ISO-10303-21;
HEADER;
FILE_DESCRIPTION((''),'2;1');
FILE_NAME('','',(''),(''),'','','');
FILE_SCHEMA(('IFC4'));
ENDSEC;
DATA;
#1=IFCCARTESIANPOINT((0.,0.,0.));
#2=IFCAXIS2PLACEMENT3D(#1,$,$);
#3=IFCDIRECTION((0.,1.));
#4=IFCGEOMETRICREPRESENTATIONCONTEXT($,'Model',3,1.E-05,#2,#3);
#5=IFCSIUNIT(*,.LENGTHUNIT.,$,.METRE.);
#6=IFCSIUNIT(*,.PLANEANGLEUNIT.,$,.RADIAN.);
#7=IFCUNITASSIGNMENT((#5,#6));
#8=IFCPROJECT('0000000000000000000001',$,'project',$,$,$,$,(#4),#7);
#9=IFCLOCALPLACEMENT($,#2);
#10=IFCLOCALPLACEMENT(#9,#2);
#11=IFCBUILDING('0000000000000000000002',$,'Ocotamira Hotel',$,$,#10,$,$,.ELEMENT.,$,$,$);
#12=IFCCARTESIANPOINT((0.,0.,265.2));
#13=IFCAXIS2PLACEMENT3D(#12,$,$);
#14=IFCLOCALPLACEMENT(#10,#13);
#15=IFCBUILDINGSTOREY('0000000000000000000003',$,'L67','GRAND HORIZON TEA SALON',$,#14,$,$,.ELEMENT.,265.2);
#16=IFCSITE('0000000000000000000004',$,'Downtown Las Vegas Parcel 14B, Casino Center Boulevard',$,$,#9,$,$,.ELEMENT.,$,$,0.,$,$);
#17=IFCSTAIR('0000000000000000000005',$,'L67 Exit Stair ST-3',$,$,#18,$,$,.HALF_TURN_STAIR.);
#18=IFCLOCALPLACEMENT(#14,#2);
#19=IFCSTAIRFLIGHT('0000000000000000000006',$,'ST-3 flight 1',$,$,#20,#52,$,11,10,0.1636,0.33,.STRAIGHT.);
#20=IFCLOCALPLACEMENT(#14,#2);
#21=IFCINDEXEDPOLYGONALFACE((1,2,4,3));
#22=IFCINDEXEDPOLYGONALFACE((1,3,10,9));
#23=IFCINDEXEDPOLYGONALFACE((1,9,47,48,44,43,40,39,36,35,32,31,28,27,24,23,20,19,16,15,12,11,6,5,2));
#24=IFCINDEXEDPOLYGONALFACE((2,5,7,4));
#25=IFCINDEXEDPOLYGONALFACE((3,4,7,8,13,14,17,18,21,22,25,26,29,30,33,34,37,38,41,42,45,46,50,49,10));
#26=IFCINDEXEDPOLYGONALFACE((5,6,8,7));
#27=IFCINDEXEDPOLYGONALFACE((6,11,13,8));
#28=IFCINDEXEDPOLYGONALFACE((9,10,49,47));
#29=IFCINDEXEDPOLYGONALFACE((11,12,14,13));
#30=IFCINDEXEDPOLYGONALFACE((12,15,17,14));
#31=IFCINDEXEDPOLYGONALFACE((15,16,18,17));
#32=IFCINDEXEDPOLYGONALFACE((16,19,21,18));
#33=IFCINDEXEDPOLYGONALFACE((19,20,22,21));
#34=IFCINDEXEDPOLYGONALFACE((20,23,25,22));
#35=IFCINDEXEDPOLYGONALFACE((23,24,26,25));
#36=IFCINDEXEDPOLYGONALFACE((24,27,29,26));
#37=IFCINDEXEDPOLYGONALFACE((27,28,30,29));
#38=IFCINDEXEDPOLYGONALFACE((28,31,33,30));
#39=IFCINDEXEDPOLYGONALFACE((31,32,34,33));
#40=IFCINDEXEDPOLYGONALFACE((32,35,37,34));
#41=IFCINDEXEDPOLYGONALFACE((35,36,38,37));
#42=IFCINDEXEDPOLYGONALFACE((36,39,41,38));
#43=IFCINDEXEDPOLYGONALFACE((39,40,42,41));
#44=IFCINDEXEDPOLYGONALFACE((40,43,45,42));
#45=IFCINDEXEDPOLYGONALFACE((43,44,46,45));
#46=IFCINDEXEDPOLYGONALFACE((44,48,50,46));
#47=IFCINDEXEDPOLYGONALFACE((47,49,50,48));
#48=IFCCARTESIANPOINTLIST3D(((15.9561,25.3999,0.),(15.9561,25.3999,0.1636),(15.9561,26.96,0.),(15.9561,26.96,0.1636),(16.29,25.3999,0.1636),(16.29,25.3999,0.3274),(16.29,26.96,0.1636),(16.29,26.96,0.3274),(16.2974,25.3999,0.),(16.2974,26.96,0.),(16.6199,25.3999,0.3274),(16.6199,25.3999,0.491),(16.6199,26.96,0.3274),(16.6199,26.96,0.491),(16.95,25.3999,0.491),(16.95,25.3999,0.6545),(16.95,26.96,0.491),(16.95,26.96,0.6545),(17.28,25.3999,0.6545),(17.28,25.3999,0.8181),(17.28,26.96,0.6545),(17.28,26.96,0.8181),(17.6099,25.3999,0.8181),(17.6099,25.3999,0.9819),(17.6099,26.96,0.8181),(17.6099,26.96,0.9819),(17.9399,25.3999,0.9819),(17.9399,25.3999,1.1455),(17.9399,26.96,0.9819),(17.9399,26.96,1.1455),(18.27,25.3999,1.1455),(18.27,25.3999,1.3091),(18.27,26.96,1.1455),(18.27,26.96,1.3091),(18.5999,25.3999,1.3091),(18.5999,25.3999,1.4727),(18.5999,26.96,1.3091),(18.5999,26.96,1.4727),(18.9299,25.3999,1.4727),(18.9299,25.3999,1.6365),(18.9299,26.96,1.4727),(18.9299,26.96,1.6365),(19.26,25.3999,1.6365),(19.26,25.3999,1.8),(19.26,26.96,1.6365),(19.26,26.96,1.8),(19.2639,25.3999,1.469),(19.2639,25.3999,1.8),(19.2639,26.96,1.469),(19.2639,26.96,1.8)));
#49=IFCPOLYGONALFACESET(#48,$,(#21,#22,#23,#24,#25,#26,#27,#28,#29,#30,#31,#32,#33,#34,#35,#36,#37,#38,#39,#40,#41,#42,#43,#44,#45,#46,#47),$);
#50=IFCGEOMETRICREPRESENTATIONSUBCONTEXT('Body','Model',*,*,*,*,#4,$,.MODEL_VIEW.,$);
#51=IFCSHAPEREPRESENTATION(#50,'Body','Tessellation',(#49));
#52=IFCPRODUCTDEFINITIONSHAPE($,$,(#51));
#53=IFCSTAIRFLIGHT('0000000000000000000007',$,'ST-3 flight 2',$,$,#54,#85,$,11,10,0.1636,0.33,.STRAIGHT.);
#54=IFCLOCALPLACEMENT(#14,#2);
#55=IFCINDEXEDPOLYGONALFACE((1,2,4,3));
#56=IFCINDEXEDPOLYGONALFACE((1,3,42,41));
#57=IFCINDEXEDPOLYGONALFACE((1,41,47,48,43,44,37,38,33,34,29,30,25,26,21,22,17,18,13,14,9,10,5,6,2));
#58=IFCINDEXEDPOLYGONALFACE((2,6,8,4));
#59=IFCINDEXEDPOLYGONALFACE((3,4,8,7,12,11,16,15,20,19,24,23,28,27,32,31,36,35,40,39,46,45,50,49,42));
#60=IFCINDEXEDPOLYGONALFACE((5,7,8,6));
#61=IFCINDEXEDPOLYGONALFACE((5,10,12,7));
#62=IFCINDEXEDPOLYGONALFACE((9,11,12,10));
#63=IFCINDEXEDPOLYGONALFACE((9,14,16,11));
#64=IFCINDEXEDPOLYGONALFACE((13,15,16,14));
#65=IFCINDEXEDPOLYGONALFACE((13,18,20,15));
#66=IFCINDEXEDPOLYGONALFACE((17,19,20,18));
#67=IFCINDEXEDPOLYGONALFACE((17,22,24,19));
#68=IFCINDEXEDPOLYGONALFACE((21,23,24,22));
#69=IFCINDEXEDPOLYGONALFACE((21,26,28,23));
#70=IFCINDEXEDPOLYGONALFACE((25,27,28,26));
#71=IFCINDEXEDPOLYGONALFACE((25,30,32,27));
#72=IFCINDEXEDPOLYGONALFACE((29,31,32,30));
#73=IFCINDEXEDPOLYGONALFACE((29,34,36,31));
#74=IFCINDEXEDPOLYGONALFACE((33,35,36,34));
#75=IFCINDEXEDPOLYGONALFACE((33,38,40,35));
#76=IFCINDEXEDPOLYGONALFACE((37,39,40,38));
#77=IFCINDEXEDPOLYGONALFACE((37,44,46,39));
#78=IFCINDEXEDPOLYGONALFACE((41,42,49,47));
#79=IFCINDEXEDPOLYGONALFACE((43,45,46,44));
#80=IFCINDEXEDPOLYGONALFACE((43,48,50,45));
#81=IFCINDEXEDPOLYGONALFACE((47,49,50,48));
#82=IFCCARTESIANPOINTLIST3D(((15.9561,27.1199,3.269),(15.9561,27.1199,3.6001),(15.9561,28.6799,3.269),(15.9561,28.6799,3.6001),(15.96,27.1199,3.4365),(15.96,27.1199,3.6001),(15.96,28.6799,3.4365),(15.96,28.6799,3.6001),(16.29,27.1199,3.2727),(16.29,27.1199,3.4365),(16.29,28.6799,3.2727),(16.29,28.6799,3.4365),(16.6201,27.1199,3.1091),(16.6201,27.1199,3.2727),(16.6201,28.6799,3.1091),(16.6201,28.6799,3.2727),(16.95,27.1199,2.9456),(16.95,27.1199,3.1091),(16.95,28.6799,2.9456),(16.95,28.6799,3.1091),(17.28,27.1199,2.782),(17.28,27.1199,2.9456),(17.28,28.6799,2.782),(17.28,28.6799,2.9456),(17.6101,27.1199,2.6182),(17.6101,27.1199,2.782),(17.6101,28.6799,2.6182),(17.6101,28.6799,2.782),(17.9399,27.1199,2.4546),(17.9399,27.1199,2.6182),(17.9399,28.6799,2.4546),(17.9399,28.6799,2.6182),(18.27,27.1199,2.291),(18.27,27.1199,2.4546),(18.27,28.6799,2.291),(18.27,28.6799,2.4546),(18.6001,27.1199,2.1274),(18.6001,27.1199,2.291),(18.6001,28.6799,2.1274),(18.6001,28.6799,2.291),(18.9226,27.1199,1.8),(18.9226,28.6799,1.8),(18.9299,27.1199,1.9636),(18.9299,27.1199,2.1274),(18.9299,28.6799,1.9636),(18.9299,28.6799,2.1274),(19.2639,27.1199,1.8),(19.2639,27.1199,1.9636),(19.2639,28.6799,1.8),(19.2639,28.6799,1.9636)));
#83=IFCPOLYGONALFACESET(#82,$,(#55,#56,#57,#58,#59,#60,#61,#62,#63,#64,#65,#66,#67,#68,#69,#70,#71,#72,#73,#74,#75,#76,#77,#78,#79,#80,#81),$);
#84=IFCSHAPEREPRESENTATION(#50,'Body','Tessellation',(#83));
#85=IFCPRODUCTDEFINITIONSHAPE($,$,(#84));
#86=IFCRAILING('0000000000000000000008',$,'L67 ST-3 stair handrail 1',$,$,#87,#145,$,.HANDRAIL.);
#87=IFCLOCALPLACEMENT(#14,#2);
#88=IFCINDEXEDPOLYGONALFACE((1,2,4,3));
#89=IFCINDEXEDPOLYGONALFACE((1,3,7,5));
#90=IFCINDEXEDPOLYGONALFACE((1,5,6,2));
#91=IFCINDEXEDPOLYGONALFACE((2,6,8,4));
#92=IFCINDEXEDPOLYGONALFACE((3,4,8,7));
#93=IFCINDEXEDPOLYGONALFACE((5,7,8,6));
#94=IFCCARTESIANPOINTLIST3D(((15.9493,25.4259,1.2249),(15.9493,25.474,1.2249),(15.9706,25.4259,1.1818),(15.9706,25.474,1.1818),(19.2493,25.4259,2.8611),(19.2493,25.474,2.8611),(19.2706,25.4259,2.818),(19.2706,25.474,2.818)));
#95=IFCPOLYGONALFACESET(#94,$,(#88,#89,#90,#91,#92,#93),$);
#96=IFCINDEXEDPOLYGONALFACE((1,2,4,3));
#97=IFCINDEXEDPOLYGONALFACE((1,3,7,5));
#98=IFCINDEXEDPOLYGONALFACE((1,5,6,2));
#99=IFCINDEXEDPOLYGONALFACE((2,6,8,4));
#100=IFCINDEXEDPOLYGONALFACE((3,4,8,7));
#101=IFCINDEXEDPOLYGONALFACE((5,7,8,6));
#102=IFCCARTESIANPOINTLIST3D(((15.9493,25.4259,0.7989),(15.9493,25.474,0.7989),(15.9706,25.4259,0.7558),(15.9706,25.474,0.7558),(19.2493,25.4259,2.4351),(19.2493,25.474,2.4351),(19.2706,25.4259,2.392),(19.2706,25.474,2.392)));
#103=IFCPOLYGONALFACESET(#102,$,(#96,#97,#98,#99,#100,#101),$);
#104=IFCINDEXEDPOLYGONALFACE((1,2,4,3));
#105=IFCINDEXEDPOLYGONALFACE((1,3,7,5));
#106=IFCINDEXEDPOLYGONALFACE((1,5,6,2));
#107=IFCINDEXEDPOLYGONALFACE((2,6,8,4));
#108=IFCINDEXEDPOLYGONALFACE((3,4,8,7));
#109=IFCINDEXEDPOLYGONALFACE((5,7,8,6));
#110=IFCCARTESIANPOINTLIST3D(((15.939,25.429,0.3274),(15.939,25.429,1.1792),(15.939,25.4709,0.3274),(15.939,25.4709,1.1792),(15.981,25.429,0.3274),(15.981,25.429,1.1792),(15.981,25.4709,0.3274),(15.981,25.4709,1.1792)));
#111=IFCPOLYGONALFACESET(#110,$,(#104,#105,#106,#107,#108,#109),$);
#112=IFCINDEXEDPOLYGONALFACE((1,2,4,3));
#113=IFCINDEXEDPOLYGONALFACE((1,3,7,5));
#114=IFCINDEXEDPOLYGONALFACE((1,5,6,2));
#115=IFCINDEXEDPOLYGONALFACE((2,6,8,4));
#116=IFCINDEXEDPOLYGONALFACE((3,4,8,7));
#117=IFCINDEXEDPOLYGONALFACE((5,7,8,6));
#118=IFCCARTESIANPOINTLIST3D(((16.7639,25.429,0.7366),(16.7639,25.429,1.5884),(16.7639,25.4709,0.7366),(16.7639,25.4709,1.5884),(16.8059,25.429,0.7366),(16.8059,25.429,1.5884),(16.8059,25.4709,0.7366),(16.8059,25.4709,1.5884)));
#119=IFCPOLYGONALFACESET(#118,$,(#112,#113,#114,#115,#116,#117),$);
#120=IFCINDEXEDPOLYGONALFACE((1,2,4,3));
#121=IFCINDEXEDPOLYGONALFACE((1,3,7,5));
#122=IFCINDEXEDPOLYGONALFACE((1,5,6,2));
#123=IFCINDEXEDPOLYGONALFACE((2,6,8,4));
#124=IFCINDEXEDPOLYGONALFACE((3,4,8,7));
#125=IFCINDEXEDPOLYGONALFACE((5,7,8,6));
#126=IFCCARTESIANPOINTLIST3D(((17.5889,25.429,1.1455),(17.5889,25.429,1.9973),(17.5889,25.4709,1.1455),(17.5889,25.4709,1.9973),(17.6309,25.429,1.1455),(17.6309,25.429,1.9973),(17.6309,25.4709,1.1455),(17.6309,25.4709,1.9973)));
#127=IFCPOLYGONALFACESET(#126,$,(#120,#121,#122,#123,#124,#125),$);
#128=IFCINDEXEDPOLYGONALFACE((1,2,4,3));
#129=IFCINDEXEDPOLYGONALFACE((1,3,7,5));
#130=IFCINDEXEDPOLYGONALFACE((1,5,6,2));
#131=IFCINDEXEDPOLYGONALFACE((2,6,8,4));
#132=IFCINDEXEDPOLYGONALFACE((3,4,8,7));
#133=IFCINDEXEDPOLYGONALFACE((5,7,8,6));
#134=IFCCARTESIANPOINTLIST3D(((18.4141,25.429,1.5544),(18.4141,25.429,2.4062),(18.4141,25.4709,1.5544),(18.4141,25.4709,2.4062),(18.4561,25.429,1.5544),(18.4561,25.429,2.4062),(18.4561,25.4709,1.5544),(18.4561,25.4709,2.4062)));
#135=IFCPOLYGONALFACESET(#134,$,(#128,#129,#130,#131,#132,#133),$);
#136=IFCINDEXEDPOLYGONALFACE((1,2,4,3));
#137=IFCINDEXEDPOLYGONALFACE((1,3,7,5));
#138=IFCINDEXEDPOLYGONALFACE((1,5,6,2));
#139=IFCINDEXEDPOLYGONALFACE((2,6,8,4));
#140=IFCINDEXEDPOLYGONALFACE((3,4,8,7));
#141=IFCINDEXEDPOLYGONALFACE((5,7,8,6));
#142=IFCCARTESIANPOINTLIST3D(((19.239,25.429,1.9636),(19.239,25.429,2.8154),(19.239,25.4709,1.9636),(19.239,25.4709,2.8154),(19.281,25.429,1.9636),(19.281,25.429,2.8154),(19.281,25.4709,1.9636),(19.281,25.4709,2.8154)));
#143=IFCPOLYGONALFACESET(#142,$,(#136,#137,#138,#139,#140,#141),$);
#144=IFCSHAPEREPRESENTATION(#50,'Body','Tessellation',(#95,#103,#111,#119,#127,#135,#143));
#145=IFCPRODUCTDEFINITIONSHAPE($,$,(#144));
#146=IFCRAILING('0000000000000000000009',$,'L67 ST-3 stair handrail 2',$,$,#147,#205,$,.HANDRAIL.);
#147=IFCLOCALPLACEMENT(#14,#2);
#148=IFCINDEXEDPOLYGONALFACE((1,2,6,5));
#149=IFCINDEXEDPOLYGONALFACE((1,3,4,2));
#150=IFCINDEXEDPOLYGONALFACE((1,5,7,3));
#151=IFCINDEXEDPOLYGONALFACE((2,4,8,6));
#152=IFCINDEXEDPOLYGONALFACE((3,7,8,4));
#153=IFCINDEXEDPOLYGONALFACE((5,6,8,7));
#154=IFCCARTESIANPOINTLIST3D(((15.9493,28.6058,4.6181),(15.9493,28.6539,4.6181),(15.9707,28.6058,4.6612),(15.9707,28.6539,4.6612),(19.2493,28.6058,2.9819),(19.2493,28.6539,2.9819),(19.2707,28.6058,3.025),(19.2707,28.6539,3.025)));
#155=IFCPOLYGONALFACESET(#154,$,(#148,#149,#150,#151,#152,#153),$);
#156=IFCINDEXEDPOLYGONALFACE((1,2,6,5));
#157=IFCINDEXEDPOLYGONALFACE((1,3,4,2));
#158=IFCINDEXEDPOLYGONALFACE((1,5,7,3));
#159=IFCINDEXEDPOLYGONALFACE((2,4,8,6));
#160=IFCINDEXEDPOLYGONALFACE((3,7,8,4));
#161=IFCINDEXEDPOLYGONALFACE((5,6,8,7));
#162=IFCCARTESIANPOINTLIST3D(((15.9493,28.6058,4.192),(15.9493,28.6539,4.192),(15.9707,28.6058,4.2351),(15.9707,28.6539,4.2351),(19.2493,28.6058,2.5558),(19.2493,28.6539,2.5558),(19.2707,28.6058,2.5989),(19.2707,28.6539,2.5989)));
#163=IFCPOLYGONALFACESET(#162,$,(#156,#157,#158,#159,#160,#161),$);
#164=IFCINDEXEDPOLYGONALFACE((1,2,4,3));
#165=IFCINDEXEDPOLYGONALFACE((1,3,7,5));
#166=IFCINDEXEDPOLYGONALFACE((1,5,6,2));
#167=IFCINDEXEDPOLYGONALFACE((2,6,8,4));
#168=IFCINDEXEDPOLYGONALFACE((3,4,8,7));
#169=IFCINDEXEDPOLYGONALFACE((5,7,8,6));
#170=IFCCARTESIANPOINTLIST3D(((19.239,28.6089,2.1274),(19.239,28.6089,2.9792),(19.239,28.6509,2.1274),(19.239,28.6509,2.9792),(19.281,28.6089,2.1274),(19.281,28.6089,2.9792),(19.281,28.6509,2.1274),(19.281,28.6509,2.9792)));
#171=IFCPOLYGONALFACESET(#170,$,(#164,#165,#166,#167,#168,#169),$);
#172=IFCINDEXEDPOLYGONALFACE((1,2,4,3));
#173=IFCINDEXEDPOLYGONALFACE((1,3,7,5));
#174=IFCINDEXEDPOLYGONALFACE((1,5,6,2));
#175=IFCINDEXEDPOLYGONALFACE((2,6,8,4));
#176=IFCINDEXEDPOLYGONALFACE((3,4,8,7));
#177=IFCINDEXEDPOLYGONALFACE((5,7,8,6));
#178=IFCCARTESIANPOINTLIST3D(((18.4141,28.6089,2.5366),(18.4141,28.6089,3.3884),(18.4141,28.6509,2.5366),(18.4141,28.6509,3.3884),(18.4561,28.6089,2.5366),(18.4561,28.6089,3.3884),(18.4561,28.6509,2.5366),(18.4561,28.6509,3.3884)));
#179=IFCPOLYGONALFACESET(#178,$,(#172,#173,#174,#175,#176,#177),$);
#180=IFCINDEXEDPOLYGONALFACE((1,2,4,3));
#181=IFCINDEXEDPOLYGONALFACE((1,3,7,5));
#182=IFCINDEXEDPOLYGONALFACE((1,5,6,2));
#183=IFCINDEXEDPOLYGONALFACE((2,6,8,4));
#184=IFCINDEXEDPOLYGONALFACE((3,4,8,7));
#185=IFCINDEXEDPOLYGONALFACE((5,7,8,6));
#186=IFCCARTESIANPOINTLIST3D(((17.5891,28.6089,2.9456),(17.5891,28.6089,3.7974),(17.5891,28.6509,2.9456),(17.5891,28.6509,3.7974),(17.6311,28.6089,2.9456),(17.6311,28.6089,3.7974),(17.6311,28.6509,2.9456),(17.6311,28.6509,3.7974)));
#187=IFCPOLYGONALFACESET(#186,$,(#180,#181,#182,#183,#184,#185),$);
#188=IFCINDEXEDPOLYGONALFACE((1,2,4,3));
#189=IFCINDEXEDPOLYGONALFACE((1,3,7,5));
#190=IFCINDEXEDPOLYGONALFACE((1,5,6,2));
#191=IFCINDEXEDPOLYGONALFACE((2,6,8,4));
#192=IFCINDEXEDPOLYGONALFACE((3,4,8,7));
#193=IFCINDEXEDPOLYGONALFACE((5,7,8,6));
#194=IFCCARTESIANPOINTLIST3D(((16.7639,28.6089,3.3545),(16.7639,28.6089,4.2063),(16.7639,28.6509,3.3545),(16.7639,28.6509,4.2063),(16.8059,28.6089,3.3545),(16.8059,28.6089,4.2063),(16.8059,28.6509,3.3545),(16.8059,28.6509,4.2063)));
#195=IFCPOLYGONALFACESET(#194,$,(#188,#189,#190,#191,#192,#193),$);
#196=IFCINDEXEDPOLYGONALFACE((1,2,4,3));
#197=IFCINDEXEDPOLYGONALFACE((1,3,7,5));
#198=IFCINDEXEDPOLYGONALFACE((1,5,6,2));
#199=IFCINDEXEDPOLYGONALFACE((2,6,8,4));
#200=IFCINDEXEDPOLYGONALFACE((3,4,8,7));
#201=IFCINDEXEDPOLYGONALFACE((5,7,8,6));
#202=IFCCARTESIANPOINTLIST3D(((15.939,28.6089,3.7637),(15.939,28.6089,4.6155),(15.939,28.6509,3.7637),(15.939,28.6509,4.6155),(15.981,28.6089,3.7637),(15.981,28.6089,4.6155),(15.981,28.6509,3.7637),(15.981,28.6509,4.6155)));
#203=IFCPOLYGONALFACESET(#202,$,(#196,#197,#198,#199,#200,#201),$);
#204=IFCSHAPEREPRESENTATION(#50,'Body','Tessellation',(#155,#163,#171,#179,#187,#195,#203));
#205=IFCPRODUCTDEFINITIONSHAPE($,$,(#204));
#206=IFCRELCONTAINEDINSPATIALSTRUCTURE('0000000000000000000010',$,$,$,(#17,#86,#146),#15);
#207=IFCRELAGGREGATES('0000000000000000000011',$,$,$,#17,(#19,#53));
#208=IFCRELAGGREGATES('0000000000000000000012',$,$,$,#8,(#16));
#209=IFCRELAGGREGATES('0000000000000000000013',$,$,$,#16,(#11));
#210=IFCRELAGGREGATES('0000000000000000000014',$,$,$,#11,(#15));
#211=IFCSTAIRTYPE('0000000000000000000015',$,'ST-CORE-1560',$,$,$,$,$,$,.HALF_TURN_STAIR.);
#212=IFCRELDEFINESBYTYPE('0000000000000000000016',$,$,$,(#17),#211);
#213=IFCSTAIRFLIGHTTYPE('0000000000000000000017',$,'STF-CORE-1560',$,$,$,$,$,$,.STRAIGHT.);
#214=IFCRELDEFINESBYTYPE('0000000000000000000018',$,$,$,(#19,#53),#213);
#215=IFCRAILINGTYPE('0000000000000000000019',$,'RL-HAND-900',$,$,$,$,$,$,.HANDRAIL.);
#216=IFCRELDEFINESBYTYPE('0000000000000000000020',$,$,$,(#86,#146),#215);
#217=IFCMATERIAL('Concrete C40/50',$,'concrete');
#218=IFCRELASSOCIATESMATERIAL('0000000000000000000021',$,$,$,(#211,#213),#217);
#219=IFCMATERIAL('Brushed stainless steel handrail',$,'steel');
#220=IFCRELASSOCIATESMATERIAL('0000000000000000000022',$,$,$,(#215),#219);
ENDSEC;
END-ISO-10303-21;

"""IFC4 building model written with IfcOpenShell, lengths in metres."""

from ifc_helpers import new_model, si_unit, direction, frame, origin, origin_2d, place, context, subcontext, project, spatial, polyline, rectangle, outline, extrude, source, transform, mapped, material, type_object, element, aggregate, save


model = new_model("IFC4")

# Units and contexts
model_context = context("Model", 3, precision=1e-05, world=origin(), true_north=direction((0.0, 1.0)))
body_context = subcontext(model_context, "Body", "Model", "MODEL_VIEW")
ifc_project = project(units=[si_unit("LENGTHUNIT", "METRE"), si_unit("PLANEANGLEUNIT", "RADIAN")], contexts=[model_context])

# Site, building, storey
site_placement = place(None, origin())
site = spatial("IfcSite", under=ifc_project, at=site_placement, Name="Downtown Las Vegas Parcel 14B, Casino Center Boulevard", CompositionType="ELEMENT", RefElevation=0.0)
building_placement = place(site_placement, origin())
building = spatial("IfcBuilding", under=site, at=building_placement, Name="Ocotamira Hotel", CompositionType="ELEMENT")
storey_placement = place(building_placement, frame((0.0, 0.0, 265.2)))
storey = spatial("IfcBuildingStorey", under=building, at=storey_placement, Name="L67", Description="GRAND HORIZON TEA SALON", CompositionType="ELEMENT", Elevation=265.2)

# Stair, stair flights
ifc_material_1 = material(Name="Concrete C40/50", Category="concrete")
stair_type = type_object("IfcStairType", Name="ST-CORE-1560", PredefinedType="HALF_TURN_STAIR", material=ifc_material_1)
stair_placement = place(storey_placement, origin())
stair = element("IfcStair", 1, at=stair_placement, inside=storey, type_object=stair_type, Name="L67 Exit Stair ST-3", PredefinedType="HALF_TURN_STAIR")
stair_flight_type = type_object("IfcStairFlightType", Name="STF-CORE-1560", PredefinedType="STRAIGHT", material=ifc_material_1)
shared_shape_1 = source(origin(), body_context, "Body", "SweptSolid", [
    extrude(outline(polyline([(-0.0039, 0.0), (-0.0039, 0.1636), (0.3301, 0.1636), (0.3301, 0.3274), (0.6599, 0.3274), (0.6599, 0.491), (0.99, 0.491), (0.99, 0.6545), (1.3201, 0.6545), (1.3201, 0.8181), (1.6499, 0.8181), (1.6499, 0.9819), (1.98, 0.9819), (1.98, 1.1455), (2.3101, 1.1455), (2.3101, 1.3091), (2.6399, 1.3091), (2.6399, 1.4727), (2.97, 1.4727), (2.97, 1.6365), (3.3, 1.6365), (3.3, 1.8), (3.304, 1.8), (3.304, 1.469), (0.3374, 0.0), (-0.0039, 0.0)])), frame((0.0, 0.78, 0.0), z_axis=(0.0, -1.0, 0.0), x_axis=(1.0, 0.0, 0.0)), (0.0, 0.0, 1.0), 1.5601),
])
stair_flight_1_placement = place(storey_placement, frame((15.96, 26.1799, 0.0), z_axis=(0.0, 0.0, 1.0), x_axis=(1.0, 0.0, 0.0)))
stair_flight_1 = element("IfcStairFlight", 2, at=stair_flight_1_placement, type_object=stair_flight_type, Name="ST-3 flight 1", NumberOfRisers=11, NumberOfTreads=10, PredefinedType="STRAIGHT", RiserHeight=0.1636, TreadLength=0.33, context=body_context, shape_type="MappedRepresentation", body=[
    mapped(shared_shape_1, transform((0.0, 0.0, 0.0), scale=1.0)),
])
stair_flight_2_placement = place(storey_placement, frame((19.26, 27.8999, 1.8), z_axis=(0.0, 0.0, 1.0), x_axis=(-1.0, 0.0, 0.0)))
stair_flight_2 = element("IfcStairFlight", 3, at=stair_flight_2_placement, type_object=stair_flight_type, Name="ST-3 flight 2", NumberOfRisers=11, NumberOfTreads=10, PredefinedType="STRAIGHT", RiserHeight=0.1636, TreadLength=0.33, context=body_context, shape_type="MappedRepresentation", body=[
    mapped(shared_shape_1, transform((0.0, 0.0, 0.0), scale=1.0)),
])
aggregate(stair, [stair_flight_1, stair_flight_2])

# Railings
ifc_material_2 = material(Name="Brushed stainless steel handrail", Category="steel")
railing_type_1 = type_object("IfcRailingType", Name="RL-HAND-900", PredefinedType="HANDRAIL", material=ifc_material_2)
railing_1_placement = place(storey_placement, frame((15.96, 25.45, 0.3274)))
element("IfcRailing", 4, at=railing_1_placement, inside=storey, type_object=railing_type_1, Name="L67 ST-3 stair handrail 1", PredefinedType="HANDRAIL", context=body_context, shape_type="SweptSolid", body=[
    extrude(rectangle(XDim=0.0481, YDim=0.0481, at=origin_2d()), frame((0.0, 0.0, 0.876), z_axis=(0.89592, 0.0, 0.444215), x_axis=(0.0, 1.0, 0.0)), (0.0, 0.0, 1.0), 3.6833),
    extrude(rectangle(XDim=0.0481, YDim=0.0481, at=origin_2d()), frame((0.0, 0.0, 0.45), z_axis=(0.89592, 0.0, 0.444215), x_axis=(0.0, 1.0, 0.0)), (0.0, 0.0, 1.0), 3.6833),
    extrude(rectangle(XDim=0.042, YDim=0.042, at=origin_2d()), origin(), (0.0, 0.0, 1.0), 0.8518),
    extrude(rectangle(XDim=0.042, YDim=0.042, at=origin_2d()), frame((0.825, 0.0, 0.4092)), (0.0, 0.0, 1.0), 0.8518),
    extrude(rectangle(XDim=0.042, YDim=0.042, at=origin_2d()), frame((1.6499, 0.0, 0.8181)), (0.0, 0.0, 1.0), 0.8518),
    extrude(rectangle(XDim=0.042, YDim=0.042, at=origin_2d()), frame((2.4751, 0.0, 1.2271)), (0.0, 0.0, 1.0), 0.8518),
    extrude(rectangle(XDim=0.042, YDim=0.042, at=origin_2d()), frame((3.3, 0.0, 1.6362)), (0.0, 0.0, 1.0), 0.8518),
])
railing_2_placement = place(storey_placement, frame((19.26, 28.6299, 2.1274)))
element("IfcRailing", 5, at=railing_2_placement, inside=storey, type_object=railing_type_1, Name="L67 ST-3 stair handrail 2", PredefinedType="HANDRAIL", context=body_context, shape_type="SweptSolid", body=[
    extrude(rectangle(XDim=0.0481, YDim=0.0481, at=origin_2d()), frame((0.0, 0.0, 0.876), z_axis=(-0.89592, 0.0, 0.444215), x_axis=(0.0, -1.0, 0.0)), (0.0, 0.0, 1.0), 3.6833),
    extrude(rectangle(XDim=0.0481, YDim=0.0481, at=origin_2d()), frame((0.0, 0.0, 0.45), z_axis=(-0.89592, 0.0, 0.444215), x_axis=(0.0, -1.0, 0.0)), (0.0, 0.0, 1.0), 3.6833),
    extrude(rectangle(XDim=0.042, YDim=0.042, at=origin_2d()), origin(), (0.0, 0.0, 1.0), 0.8518),
    extrude(rectangle(XDim=0.042, YDim=0.042, at=origin_2d()), frame((-0.825, 0.0, 0.4092)), (0.0, 0.0, 1.0), 0.8518),
    extrude(rectangle(XDim=0.042, YDim=0.042, at=origin_2d()), frame((-1.6499, 0.0, 0.8181)), (0.0, 0.0, 1.0), 0.8518),
    extrude(rectangle(XDim=0.042, YDim=0.042, at=origin_2d()), frame((-2.4751, 0.0, 1.2271)), (0.0, 0.0, 1.0), 0.8518),
    extrude(rectangle(XDim=0.042, YDim=0.042, at=origin_2d()), frame((-3.3, 0.0, 1.6362)), (0.0, 0.0, 1.0), 0.8518),
])

save(model, "model.ifc")
